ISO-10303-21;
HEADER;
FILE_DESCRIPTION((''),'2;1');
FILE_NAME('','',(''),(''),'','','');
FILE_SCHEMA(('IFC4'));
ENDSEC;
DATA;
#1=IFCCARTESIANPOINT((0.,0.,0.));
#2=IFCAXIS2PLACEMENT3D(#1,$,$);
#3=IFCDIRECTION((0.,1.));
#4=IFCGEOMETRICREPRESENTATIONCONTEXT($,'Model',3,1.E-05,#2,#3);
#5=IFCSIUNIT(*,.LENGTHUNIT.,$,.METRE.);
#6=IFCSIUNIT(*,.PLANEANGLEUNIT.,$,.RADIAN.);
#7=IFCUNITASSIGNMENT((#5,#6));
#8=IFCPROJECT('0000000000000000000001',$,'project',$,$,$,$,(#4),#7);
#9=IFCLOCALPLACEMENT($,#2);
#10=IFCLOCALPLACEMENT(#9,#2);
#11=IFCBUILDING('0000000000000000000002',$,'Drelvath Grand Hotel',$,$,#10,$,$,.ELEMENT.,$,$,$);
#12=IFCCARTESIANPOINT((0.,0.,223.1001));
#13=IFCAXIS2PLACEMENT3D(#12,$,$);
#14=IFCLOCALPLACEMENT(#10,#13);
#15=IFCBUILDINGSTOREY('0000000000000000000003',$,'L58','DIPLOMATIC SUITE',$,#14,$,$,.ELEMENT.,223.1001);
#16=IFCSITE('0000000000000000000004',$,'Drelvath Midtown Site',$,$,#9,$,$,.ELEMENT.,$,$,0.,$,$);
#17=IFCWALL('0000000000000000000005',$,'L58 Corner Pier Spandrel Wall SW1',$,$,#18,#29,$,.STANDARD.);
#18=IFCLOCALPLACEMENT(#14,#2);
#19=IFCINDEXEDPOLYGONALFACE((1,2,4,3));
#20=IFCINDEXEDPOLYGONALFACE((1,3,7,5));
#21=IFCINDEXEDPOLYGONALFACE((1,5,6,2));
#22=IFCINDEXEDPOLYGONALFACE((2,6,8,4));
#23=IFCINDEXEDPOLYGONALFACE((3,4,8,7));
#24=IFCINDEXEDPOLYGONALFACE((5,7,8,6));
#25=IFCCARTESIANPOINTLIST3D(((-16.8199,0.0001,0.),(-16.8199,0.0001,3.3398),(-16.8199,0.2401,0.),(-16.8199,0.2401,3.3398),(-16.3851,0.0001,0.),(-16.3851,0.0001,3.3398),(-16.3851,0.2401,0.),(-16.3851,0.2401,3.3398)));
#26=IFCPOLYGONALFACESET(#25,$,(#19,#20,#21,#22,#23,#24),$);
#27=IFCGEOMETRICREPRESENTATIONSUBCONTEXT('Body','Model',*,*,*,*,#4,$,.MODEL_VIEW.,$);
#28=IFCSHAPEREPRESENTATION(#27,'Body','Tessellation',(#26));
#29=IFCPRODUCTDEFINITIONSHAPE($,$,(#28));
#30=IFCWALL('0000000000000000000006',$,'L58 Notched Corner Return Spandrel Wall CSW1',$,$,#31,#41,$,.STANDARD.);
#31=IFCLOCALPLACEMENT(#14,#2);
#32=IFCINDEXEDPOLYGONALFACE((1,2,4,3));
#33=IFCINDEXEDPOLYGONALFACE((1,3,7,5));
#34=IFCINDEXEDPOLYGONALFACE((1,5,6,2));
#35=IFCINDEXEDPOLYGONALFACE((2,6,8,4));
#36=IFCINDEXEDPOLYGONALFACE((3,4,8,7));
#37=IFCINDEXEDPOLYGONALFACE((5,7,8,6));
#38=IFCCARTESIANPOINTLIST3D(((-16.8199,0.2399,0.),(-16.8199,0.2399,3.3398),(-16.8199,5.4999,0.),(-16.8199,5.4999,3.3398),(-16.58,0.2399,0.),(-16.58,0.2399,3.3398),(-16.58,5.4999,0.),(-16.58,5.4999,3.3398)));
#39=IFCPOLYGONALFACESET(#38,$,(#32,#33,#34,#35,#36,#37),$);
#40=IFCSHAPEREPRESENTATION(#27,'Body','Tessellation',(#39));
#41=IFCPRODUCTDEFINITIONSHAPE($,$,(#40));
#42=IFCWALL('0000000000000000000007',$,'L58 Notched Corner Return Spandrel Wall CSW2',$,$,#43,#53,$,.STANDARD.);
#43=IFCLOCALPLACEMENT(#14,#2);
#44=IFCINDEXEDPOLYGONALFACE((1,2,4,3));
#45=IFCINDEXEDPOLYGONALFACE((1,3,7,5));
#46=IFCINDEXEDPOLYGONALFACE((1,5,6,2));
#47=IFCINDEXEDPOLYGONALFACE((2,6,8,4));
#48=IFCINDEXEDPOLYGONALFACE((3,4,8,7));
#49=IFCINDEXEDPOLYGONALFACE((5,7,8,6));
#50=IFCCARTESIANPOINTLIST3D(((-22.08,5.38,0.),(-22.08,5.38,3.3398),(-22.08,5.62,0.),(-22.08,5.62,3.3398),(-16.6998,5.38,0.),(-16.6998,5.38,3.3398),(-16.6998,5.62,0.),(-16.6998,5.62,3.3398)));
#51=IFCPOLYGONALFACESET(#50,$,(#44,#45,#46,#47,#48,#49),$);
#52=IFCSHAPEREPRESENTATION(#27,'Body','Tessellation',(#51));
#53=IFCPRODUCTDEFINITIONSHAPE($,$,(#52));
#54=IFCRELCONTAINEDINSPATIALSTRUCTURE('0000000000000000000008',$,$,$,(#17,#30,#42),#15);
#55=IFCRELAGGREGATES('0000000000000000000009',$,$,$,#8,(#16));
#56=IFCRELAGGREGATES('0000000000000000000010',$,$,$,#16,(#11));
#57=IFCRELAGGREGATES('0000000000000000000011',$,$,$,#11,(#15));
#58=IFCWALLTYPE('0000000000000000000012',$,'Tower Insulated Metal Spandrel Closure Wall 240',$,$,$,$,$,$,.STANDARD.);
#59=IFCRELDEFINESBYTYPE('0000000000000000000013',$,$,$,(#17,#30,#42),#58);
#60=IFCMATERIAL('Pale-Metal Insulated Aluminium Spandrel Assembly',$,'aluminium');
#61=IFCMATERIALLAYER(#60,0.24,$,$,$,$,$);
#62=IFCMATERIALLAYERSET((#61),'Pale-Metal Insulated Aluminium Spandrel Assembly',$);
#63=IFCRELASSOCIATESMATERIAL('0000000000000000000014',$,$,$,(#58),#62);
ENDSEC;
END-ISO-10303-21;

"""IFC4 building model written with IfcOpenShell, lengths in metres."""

from ifc_helpers import new_model, si_unit, direction, frame, frame_2d, origin, place, context, subcontext, project, spatial, rectangle, extrude, material, layer, layer_set, type_object, element, save


model = new_model("IFC4")

# Units and contexts
model_context = context("Model", 3, precision=1e-05, world=origin(), true_north=direction((0.0, 1.0)))
body_context = subcontext(model_context, "Body", "Model", "MODEL_VIEW")
ifc_project = project(units=[si_unit("LENGTHUNIT", "METRE"), si_unit("PLANEANGLEUNIT", "RADIAN")], contexts=[model_context])

# Site, building, storey
site_placement = place(None, origin())
site = spatial("IfcSite", under=ifc_project, at=site_placement, Name="Drelvath Midtown Site", CompositionType="ELEMENT", RefElevation=0.0)
building_placement = place(site_placement, origin())
building = spatial("IfcBuilding", under=site, at=building_placement, Name="Drelvath Grand Hotel", CompositionType="ELEMENT")
storey_placement = place(building_placement, frame((0.0, 0.0, 223.1001)))
storey = spatial("IfcBuildingStorey", under=building, at=storey_placement, Name="L58", Description="DIPLOMATIC SUITE", CompositionType="ELEMENT", Elevation=223.1001)

# Walls
ifc_material_1 = material(Name="Pale-Metal Insulated Aluminium Spandrel Assembly", Category="aluminium")
ifc_layer_1 = layer(ifc_material_1, 0.24)
ifc_layer_set_1 = layer_set([ifc_layer_1], Name="Pale-Metal Insulated Aluminium Spandrel Assembly")
wall_type_1 = type_object("IfcWallType", Name="Tower Insulated Metal Spandrel Closure Wall 240", PredefinedType="STANDARD", material=ifc_layer_set_1)
wall_1_placement = place(storey_placement, frame((-16.3853, 0.1201, 0.0), z_axis=(0.0, 0.0, 1.0), x_axis=(-1.0, 0.0, 0.0)))
element("IfcWall", 1, at=wall_1_placement, inside=storey, type_object=wall_type_1, Name="L58 Corner Pier Spandrel Wall SW1", PredefinedType="STANDARD", context=body_context, shape_type="SweptSolid", body=[
    extrude(rectangle(XDim=0.4348, YDim=0.24, at=frame_2d((0.2173, 0.0))), origin(), (0.0, 0.0, 1.0), 3.3398),
])
wall_2_placement = place(storey_placement, frame((-16.7, 0.24, 0.0), z_axis=(0.0, 0.0, 1.0), x_axis=(0.0, 1.0, 0.0)))
element("IfcWall", 2, at=wall_2_placement, inside=storey, type_object=wall_type_1, Name="L58 Notched Corner Return Spandrel Wall CSW1", PredefinedType="STANDARD", context=body_context, shape_type="SweptSolid", body=[
    extrude(rectangle(XDim=5.26, YDim=0.24, at=frame_2d((2.6299, 0.0))), origin(), (0.0, 0.0, 1.0), 3.3398),
])
wall_3_placement = place(storey_placement, frame((-16.7, 5.5, 0.0), z_axis=(0.0, 0.0, 1.0), x_axis=(-1.0, 0.0, 0.0)))
element("IfcWall", 3, at=wall_3_placement, inside=storey, type_object=wall_type_1, Name="L58 Notched Corner Return Spandrel Wall CSW2", PredefinedType="STANDARD", context=body_context, shape_type="SweptSolid", body=[
    extrude(rectangle(XDim=5.3801, YDim=0.24, at=frame_2d((2.6899, 0.0))), origin(), (0.0, 0.0, 1.0), 3.3398),
])

save(model, "model.ifc")
